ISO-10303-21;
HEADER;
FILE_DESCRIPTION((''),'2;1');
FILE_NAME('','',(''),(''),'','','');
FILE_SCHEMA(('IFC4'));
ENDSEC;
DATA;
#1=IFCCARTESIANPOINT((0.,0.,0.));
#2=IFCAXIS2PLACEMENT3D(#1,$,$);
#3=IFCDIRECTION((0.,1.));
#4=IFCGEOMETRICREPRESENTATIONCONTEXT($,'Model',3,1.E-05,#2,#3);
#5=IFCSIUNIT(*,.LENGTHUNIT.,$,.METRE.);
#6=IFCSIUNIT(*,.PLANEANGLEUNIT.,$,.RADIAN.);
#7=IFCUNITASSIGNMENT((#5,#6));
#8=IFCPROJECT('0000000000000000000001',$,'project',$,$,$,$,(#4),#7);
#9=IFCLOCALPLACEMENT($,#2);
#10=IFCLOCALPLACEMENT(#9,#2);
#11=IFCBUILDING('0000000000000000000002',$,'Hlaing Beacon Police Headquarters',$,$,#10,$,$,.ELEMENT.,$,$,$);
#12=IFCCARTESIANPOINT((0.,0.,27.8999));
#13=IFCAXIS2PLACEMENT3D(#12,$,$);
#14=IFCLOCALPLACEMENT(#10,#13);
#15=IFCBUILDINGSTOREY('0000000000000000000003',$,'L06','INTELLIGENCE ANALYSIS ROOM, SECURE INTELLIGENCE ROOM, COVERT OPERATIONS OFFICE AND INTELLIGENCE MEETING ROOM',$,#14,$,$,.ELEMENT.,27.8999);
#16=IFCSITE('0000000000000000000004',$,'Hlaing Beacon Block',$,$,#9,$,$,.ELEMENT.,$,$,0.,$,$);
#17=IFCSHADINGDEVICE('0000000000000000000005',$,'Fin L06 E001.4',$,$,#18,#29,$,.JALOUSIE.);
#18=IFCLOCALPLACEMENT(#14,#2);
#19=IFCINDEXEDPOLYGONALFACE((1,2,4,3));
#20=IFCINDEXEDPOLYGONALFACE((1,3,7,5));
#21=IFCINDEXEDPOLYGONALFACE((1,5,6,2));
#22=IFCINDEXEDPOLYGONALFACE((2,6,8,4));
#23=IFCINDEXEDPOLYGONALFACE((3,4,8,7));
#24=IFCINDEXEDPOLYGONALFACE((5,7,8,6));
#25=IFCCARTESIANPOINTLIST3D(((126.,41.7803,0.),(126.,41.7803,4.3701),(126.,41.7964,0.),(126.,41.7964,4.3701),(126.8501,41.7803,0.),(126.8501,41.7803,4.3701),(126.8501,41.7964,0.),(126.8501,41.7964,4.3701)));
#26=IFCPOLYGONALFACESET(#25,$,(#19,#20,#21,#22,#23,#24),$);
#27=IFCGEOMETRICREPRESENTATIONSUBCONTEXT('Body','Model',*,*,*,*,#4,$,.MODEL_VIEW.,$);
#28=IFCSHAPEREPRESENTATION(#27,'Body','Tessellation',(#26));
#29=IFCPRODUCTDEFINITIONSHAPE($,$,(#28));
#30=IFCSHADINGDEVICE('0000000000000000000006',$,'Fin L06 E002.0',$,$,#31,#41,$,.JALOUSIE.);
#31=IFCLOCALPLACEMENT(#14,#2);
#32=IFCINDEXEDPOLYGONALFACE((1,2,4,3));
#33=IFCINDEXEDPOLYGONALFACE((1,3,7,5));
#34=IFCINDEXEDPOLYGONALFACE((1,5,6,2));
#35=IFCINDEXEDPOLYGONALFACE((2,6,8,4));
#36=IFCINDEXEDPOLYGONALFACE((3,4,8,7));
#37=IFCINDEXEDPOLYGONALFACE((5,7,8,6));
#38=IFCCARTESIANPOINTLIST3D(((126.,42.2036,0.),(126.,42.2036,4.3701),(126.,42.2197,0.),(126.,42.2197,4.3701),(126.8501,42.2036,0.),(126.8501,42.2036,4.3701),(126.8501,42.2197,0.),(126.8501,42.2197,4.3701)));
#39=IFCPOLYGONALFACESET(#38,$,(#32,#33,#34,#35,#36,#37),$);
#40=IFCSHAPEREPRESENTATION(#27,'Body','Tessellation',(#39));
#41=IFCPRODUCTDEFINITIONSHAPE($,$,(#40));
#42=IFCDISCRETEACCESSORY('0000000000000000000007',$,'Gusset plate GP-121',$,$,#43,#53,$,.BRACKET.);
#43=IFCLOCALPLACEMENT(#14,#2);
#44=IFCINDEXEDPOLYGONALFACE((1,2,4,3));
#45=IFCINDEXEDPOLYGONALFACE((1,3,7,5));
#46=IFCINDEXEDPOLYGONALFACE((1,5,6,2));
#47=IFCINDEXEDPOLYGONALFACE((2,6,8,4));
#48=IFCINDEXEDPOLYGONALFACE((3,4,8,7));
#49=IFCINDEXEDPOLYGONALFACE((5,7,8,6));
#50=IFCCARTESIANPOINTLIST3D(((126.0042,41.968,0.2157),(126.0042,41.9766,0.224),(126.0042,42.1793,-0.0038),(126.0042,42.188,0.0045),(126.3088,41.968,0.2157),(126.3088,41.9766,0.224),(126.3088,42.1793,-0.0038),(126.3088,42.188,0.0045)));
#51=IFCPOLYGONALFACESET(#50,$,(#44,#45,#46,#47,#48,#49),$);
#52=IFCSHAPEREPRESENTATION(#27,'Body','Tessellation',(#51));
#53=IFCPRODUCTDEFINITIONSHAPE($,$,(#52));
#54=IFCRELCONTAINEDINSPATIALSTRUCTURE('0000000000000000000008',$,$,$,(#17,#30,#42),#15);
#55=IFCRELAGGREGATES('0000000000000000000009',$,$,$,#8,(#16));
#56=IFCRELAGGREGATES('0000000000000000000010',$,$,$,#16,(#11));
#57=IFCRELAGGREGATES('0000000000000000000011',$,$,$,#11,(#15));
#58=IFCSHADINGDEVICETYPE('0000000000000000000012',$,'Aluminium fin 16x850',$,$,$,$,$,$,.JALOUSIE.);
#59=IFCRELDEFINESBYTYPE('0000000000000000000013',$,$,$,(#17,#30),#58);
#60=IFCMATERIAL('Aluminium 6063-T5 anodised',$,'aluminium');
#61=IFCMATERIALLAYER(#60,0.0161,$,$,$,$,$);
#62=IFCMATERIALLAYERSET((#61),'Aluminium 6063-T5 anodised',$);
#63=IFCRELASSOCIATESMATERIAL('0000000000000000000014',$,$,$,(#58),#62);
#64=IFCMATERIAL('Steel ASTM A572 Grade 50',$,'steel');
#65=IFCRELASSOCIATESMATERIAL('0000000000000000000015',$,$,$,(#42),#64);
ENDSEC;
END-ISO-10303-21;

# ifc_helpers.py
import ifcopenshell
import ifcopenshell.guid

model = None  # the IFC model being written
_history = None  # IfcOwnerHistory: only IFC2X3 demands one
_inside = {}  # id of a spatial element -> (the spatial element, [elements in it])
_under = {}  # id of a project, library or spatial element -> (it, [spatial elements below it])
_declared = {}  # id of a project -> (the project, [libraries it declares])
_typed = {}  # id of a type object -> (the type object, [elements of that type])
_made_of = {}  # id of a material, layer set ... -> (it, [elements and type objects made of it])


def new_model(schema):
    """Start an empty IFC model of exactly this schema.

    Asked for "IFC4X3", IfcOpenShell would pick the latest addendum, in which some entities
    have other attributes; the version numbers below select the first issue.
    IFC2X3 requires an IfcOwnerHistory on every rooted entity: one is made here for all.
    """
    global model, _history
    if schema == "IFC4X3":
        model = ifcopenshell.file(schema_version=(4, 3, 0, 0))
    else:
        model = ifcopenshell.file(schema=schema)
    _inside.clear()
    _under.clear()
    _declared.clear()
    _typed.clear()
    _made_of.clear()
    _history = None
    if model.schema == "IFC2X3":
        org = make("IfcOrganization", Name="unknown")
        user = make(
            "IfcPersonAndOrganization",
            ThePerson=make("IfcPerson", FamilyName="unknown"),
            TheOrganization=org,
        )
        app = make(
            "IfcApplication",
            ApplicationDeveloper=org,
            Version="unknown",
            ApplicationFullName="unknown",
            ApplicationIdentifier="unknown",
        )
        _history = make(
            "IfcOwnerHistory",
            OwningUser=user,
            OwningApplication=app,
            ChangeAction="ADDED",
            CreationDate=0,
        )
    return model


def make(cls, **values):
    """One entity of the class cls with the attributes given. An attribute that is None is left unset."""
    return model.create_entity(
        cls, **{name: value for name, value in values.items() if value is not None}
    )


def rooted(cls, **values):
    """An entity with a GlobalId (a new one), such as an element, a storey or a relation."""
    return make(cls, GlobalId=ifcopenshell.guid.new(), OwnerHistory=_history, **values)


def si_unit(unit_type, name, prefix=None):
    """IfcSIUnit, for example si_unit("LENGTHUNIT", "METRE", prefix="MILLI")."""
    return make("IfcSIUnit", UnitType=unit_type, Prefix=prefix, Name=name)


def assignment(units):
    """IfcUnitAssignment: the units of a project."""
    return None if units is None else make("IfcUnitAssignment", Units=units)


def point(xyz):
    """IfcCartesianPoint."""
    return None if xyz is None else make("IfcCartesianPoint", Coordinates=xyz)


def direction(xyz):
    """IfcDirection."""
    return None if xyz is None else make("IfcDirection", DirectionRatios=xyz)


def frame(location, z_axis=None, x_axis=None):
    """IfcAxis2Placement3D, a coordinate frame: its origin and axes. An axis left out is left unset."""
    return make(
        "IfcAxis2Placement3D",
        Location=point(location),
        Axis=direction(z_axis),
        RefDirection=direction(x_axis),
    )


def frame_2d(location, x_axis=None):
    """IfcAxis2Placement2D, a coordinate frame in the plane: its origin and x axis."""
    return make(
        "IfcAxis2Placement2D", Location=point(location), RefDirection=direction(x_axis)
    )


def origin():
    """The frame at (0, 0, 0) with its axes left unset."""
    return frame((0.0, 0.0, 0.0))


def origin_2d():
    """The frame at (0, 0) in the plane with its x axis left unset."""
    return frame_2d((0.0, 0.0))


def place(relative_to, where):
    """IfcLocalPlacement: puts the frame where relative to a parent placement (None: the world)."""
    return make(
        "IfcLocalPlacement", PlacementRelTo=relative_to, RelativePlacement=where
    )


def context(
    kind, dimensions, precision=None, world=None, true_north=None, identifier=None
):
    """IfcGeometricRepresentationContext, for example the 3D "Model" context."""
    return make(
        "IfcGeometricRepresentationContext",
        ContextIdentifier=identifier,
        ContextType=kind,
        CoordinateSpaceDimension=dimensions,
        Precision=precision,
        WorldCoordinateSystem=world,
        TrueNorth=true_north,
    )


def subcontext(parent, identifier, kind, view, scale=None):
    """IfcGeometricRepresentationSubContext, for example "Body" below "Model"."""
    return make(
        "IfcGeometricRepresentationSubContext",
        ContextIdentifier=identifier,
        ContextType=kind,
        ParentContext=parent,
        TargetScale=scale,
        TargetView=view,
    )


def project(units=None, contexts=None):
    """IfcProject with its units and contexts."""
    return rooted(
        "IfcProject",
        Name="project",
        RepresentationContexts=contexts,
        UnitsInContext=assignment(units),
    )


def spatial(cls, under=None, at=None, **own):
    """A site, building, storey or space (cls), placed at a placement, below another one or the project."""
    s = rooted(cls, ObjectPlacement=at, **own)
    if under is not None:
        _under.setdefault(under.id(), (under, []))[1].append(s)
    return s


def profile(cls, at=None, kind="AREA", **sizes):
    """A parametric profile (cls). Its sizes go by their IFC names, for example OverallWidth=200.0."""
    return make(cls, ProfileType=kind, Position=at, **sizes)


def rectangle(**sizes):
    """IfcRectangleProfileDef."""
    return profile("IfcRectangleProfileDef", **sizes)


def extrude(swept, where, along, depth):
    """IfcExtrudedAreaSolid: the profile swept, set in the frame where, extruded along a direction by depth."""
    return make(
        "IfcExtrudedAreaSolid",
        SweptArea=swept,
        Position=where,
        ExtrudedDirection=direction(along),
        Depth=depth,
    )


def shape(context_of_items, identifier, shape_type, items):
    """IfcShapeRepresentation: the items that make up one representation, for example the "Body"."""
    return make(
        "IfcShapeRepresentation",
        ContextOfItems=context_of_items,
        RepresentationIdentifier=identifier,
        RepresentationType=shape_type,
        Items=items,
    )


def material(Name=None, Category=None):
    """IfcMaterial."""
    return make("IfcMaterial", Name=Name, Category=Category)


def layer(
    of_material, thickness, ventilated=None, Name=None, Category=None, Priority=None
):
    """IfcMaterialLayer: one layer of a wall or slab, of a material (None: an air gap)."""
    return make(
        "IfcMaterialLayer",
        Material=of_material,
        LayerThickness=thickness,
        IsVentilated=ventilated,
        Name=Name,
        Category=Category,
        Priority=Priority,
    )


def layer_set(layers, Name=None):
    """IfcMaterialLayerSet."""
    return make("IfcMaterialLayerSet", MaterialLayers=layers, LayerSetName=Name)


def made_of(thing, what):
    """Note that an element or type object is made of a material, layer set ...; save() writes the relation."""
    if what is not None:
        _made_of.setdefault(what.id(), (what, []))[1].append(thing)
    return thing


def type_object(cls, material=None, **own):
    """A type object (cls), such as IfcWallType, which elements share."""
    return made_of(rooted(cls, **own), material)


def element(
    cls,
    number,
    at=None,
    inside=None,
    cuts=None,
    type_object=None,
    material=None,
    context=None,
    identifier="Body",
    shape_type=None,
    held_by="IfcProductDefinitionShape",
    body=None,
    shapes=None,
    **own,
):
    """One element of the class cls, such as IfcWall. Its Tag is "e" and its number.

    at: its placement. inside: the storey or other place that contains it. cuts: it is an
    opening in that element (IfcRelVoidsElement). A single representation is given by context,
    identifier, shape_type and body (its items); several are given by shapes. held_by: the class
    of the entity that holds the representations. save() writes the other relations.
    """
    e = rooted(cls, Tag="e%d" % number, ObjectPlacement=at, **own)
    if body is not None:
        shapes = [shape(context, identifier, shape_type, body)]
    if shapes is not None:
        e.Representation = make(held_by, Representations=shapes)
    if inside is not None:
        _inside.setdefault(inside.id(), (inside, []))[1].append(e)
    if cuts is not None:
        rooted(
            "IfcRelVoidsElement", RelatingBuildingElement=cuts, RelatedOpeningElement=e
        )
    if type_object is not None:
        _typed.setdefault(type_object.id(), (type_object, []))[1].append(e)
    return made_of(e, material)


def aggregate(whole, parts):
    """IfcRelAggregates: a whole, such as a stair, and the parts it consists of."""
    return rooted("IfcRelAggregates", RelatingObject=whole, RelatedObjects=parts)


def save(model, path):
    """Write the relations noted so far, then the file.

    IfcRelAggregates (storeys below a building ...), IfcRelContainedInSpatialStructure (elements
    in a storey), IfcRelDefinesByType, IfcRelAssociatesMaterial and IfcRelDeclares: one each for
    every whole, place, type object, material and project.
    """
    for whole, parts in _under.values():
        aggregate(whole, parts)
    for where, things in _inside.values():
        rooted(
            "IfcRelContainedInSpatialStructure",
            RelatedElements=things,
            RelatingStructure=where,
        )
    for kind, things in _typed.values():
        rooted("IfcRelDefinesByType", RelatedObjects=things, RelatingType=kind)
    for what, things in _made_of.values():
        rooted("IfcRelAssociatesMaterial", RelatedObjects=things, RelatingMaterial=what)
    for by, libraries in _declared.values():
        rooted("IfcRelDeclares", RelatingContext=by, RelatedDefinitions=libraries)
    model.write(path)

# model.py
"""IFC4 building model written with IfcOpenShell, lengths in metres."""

from ifc_helpers import new_model, si_unit, direction, frame, origin, origin_2d, place, context, subcontext, project, spatial, rectangle, extrude, material, layer, layer_set, type_object, element, save


model = new_model("IFC4")

# Units and contexts
model_context = context("Model", 3, precision=1e-05, world=origin(), true_north=direction((0.0, 1.0)))
body_context = subcontext(model_context, "Body", "Model", "MODEL_VIEW")
ifc_project = project(units=[si_unit("LENGTHUNIT", "METRE"), si_unit("PLANEANGLEUNIT", "RADIAN")], contexts=[model_context])

# Site, building, storey
site_placement = place(None, origin())
site = spatial("IfcSite", under=ifc_project, at=site_placement, Name="Hlaing Beacon Block", CompositionType="ELEMENT", RefElevation=0.0)
building_placement = place(site_placement, origin())
building = spatial("IfcBuilding", under=site, at=building_placement, Name="Hlaing Beacon Police Headquarters", CompositionType="ELEMENT")
storey_placement = place(building_placement, frame((0.0, 0.0, 27.8999)))
storey = spatial("IfcBuildingStorey", under=building, at=storey_placement, Name="L06", Description="INTELLIGENCE ANALYSIS ROOM, SECURE INTELLIGENCE ROOM, COVERT OPERATIONS OFFICE AND INTELLIGENCE MEETING ROOM", CompositionType="ELEMENT", Elevation=27.8999)

# Shading devices
ifc_material_1 = material(Name="Aluminium 6063-T5 anodised", Category="aluminium")
ifc_layer_1 = layer(ifc_material_1, 0.0161)
ifc_layer_set_1 = layer_set([ifc_layer_1], Name="Aluminium 6063-T5 anodised")
shading_device_type = type_object("IfcShadingDeviceType", Name="Aluminium fin 16x850", PredefinedType="JALOUSIE", material=ifc_layer_set_1)
for number, where, z_axis, x_axis, name in (
    (1, (126.425, 41.7883, 0.0), (0.0, 0.0, 1.0), (0.0, 1.0, 0.0), "Fin L06 E001.4"),
    (2, (126.425, 42.2117, 0.0), (0.0, 0.0, 1.0), (0.0, 1.0, 0.0), "Fin L06 E002.0"),
):
    element("IfcShadingDevice", number, at=place(storey_placement, frame(where, z_axis=z_axis, x_axis=x_axis)), inside=storey, type_object=shading_device_type, Name=name, PredefinedType="JALOUSIE", context=body_context, shape_type="SweptSolid", body=[
        extrude(rectangle(XDim=0.0161, YDim=0.8501, at=origin_2d()), origin(), (0.0, 0.0, 1.0), 4.3701),
    ])

# Discrete accessory
ifc_material_2 = material(Name="Steel ASTM A572 Grade 50", Category="steel")
discrete_accessory_placement = place(storey_placement, frame((126.1565, 42.0823, 0.1143), z_axis=(0.0, -0.720208, -0.693758), x_axis=(1.0, 0.0, 0.0)))
element("IfcDiscreteAccessory", 3, at=discrete_accessory_placement, inside=storey, material=ifc_material_2, Name="Gusset plate GP-121", PredefinedType="BRACKET", context=body_context, shape_type="SweptSolid", body=[
    extrude(rectangle(XDim=0.3047, YDim=0.3047, at=origin_2d()), origin(), (0.0, 0.0, 1.0), 0.012),
])

save(model, "model.ifc")
